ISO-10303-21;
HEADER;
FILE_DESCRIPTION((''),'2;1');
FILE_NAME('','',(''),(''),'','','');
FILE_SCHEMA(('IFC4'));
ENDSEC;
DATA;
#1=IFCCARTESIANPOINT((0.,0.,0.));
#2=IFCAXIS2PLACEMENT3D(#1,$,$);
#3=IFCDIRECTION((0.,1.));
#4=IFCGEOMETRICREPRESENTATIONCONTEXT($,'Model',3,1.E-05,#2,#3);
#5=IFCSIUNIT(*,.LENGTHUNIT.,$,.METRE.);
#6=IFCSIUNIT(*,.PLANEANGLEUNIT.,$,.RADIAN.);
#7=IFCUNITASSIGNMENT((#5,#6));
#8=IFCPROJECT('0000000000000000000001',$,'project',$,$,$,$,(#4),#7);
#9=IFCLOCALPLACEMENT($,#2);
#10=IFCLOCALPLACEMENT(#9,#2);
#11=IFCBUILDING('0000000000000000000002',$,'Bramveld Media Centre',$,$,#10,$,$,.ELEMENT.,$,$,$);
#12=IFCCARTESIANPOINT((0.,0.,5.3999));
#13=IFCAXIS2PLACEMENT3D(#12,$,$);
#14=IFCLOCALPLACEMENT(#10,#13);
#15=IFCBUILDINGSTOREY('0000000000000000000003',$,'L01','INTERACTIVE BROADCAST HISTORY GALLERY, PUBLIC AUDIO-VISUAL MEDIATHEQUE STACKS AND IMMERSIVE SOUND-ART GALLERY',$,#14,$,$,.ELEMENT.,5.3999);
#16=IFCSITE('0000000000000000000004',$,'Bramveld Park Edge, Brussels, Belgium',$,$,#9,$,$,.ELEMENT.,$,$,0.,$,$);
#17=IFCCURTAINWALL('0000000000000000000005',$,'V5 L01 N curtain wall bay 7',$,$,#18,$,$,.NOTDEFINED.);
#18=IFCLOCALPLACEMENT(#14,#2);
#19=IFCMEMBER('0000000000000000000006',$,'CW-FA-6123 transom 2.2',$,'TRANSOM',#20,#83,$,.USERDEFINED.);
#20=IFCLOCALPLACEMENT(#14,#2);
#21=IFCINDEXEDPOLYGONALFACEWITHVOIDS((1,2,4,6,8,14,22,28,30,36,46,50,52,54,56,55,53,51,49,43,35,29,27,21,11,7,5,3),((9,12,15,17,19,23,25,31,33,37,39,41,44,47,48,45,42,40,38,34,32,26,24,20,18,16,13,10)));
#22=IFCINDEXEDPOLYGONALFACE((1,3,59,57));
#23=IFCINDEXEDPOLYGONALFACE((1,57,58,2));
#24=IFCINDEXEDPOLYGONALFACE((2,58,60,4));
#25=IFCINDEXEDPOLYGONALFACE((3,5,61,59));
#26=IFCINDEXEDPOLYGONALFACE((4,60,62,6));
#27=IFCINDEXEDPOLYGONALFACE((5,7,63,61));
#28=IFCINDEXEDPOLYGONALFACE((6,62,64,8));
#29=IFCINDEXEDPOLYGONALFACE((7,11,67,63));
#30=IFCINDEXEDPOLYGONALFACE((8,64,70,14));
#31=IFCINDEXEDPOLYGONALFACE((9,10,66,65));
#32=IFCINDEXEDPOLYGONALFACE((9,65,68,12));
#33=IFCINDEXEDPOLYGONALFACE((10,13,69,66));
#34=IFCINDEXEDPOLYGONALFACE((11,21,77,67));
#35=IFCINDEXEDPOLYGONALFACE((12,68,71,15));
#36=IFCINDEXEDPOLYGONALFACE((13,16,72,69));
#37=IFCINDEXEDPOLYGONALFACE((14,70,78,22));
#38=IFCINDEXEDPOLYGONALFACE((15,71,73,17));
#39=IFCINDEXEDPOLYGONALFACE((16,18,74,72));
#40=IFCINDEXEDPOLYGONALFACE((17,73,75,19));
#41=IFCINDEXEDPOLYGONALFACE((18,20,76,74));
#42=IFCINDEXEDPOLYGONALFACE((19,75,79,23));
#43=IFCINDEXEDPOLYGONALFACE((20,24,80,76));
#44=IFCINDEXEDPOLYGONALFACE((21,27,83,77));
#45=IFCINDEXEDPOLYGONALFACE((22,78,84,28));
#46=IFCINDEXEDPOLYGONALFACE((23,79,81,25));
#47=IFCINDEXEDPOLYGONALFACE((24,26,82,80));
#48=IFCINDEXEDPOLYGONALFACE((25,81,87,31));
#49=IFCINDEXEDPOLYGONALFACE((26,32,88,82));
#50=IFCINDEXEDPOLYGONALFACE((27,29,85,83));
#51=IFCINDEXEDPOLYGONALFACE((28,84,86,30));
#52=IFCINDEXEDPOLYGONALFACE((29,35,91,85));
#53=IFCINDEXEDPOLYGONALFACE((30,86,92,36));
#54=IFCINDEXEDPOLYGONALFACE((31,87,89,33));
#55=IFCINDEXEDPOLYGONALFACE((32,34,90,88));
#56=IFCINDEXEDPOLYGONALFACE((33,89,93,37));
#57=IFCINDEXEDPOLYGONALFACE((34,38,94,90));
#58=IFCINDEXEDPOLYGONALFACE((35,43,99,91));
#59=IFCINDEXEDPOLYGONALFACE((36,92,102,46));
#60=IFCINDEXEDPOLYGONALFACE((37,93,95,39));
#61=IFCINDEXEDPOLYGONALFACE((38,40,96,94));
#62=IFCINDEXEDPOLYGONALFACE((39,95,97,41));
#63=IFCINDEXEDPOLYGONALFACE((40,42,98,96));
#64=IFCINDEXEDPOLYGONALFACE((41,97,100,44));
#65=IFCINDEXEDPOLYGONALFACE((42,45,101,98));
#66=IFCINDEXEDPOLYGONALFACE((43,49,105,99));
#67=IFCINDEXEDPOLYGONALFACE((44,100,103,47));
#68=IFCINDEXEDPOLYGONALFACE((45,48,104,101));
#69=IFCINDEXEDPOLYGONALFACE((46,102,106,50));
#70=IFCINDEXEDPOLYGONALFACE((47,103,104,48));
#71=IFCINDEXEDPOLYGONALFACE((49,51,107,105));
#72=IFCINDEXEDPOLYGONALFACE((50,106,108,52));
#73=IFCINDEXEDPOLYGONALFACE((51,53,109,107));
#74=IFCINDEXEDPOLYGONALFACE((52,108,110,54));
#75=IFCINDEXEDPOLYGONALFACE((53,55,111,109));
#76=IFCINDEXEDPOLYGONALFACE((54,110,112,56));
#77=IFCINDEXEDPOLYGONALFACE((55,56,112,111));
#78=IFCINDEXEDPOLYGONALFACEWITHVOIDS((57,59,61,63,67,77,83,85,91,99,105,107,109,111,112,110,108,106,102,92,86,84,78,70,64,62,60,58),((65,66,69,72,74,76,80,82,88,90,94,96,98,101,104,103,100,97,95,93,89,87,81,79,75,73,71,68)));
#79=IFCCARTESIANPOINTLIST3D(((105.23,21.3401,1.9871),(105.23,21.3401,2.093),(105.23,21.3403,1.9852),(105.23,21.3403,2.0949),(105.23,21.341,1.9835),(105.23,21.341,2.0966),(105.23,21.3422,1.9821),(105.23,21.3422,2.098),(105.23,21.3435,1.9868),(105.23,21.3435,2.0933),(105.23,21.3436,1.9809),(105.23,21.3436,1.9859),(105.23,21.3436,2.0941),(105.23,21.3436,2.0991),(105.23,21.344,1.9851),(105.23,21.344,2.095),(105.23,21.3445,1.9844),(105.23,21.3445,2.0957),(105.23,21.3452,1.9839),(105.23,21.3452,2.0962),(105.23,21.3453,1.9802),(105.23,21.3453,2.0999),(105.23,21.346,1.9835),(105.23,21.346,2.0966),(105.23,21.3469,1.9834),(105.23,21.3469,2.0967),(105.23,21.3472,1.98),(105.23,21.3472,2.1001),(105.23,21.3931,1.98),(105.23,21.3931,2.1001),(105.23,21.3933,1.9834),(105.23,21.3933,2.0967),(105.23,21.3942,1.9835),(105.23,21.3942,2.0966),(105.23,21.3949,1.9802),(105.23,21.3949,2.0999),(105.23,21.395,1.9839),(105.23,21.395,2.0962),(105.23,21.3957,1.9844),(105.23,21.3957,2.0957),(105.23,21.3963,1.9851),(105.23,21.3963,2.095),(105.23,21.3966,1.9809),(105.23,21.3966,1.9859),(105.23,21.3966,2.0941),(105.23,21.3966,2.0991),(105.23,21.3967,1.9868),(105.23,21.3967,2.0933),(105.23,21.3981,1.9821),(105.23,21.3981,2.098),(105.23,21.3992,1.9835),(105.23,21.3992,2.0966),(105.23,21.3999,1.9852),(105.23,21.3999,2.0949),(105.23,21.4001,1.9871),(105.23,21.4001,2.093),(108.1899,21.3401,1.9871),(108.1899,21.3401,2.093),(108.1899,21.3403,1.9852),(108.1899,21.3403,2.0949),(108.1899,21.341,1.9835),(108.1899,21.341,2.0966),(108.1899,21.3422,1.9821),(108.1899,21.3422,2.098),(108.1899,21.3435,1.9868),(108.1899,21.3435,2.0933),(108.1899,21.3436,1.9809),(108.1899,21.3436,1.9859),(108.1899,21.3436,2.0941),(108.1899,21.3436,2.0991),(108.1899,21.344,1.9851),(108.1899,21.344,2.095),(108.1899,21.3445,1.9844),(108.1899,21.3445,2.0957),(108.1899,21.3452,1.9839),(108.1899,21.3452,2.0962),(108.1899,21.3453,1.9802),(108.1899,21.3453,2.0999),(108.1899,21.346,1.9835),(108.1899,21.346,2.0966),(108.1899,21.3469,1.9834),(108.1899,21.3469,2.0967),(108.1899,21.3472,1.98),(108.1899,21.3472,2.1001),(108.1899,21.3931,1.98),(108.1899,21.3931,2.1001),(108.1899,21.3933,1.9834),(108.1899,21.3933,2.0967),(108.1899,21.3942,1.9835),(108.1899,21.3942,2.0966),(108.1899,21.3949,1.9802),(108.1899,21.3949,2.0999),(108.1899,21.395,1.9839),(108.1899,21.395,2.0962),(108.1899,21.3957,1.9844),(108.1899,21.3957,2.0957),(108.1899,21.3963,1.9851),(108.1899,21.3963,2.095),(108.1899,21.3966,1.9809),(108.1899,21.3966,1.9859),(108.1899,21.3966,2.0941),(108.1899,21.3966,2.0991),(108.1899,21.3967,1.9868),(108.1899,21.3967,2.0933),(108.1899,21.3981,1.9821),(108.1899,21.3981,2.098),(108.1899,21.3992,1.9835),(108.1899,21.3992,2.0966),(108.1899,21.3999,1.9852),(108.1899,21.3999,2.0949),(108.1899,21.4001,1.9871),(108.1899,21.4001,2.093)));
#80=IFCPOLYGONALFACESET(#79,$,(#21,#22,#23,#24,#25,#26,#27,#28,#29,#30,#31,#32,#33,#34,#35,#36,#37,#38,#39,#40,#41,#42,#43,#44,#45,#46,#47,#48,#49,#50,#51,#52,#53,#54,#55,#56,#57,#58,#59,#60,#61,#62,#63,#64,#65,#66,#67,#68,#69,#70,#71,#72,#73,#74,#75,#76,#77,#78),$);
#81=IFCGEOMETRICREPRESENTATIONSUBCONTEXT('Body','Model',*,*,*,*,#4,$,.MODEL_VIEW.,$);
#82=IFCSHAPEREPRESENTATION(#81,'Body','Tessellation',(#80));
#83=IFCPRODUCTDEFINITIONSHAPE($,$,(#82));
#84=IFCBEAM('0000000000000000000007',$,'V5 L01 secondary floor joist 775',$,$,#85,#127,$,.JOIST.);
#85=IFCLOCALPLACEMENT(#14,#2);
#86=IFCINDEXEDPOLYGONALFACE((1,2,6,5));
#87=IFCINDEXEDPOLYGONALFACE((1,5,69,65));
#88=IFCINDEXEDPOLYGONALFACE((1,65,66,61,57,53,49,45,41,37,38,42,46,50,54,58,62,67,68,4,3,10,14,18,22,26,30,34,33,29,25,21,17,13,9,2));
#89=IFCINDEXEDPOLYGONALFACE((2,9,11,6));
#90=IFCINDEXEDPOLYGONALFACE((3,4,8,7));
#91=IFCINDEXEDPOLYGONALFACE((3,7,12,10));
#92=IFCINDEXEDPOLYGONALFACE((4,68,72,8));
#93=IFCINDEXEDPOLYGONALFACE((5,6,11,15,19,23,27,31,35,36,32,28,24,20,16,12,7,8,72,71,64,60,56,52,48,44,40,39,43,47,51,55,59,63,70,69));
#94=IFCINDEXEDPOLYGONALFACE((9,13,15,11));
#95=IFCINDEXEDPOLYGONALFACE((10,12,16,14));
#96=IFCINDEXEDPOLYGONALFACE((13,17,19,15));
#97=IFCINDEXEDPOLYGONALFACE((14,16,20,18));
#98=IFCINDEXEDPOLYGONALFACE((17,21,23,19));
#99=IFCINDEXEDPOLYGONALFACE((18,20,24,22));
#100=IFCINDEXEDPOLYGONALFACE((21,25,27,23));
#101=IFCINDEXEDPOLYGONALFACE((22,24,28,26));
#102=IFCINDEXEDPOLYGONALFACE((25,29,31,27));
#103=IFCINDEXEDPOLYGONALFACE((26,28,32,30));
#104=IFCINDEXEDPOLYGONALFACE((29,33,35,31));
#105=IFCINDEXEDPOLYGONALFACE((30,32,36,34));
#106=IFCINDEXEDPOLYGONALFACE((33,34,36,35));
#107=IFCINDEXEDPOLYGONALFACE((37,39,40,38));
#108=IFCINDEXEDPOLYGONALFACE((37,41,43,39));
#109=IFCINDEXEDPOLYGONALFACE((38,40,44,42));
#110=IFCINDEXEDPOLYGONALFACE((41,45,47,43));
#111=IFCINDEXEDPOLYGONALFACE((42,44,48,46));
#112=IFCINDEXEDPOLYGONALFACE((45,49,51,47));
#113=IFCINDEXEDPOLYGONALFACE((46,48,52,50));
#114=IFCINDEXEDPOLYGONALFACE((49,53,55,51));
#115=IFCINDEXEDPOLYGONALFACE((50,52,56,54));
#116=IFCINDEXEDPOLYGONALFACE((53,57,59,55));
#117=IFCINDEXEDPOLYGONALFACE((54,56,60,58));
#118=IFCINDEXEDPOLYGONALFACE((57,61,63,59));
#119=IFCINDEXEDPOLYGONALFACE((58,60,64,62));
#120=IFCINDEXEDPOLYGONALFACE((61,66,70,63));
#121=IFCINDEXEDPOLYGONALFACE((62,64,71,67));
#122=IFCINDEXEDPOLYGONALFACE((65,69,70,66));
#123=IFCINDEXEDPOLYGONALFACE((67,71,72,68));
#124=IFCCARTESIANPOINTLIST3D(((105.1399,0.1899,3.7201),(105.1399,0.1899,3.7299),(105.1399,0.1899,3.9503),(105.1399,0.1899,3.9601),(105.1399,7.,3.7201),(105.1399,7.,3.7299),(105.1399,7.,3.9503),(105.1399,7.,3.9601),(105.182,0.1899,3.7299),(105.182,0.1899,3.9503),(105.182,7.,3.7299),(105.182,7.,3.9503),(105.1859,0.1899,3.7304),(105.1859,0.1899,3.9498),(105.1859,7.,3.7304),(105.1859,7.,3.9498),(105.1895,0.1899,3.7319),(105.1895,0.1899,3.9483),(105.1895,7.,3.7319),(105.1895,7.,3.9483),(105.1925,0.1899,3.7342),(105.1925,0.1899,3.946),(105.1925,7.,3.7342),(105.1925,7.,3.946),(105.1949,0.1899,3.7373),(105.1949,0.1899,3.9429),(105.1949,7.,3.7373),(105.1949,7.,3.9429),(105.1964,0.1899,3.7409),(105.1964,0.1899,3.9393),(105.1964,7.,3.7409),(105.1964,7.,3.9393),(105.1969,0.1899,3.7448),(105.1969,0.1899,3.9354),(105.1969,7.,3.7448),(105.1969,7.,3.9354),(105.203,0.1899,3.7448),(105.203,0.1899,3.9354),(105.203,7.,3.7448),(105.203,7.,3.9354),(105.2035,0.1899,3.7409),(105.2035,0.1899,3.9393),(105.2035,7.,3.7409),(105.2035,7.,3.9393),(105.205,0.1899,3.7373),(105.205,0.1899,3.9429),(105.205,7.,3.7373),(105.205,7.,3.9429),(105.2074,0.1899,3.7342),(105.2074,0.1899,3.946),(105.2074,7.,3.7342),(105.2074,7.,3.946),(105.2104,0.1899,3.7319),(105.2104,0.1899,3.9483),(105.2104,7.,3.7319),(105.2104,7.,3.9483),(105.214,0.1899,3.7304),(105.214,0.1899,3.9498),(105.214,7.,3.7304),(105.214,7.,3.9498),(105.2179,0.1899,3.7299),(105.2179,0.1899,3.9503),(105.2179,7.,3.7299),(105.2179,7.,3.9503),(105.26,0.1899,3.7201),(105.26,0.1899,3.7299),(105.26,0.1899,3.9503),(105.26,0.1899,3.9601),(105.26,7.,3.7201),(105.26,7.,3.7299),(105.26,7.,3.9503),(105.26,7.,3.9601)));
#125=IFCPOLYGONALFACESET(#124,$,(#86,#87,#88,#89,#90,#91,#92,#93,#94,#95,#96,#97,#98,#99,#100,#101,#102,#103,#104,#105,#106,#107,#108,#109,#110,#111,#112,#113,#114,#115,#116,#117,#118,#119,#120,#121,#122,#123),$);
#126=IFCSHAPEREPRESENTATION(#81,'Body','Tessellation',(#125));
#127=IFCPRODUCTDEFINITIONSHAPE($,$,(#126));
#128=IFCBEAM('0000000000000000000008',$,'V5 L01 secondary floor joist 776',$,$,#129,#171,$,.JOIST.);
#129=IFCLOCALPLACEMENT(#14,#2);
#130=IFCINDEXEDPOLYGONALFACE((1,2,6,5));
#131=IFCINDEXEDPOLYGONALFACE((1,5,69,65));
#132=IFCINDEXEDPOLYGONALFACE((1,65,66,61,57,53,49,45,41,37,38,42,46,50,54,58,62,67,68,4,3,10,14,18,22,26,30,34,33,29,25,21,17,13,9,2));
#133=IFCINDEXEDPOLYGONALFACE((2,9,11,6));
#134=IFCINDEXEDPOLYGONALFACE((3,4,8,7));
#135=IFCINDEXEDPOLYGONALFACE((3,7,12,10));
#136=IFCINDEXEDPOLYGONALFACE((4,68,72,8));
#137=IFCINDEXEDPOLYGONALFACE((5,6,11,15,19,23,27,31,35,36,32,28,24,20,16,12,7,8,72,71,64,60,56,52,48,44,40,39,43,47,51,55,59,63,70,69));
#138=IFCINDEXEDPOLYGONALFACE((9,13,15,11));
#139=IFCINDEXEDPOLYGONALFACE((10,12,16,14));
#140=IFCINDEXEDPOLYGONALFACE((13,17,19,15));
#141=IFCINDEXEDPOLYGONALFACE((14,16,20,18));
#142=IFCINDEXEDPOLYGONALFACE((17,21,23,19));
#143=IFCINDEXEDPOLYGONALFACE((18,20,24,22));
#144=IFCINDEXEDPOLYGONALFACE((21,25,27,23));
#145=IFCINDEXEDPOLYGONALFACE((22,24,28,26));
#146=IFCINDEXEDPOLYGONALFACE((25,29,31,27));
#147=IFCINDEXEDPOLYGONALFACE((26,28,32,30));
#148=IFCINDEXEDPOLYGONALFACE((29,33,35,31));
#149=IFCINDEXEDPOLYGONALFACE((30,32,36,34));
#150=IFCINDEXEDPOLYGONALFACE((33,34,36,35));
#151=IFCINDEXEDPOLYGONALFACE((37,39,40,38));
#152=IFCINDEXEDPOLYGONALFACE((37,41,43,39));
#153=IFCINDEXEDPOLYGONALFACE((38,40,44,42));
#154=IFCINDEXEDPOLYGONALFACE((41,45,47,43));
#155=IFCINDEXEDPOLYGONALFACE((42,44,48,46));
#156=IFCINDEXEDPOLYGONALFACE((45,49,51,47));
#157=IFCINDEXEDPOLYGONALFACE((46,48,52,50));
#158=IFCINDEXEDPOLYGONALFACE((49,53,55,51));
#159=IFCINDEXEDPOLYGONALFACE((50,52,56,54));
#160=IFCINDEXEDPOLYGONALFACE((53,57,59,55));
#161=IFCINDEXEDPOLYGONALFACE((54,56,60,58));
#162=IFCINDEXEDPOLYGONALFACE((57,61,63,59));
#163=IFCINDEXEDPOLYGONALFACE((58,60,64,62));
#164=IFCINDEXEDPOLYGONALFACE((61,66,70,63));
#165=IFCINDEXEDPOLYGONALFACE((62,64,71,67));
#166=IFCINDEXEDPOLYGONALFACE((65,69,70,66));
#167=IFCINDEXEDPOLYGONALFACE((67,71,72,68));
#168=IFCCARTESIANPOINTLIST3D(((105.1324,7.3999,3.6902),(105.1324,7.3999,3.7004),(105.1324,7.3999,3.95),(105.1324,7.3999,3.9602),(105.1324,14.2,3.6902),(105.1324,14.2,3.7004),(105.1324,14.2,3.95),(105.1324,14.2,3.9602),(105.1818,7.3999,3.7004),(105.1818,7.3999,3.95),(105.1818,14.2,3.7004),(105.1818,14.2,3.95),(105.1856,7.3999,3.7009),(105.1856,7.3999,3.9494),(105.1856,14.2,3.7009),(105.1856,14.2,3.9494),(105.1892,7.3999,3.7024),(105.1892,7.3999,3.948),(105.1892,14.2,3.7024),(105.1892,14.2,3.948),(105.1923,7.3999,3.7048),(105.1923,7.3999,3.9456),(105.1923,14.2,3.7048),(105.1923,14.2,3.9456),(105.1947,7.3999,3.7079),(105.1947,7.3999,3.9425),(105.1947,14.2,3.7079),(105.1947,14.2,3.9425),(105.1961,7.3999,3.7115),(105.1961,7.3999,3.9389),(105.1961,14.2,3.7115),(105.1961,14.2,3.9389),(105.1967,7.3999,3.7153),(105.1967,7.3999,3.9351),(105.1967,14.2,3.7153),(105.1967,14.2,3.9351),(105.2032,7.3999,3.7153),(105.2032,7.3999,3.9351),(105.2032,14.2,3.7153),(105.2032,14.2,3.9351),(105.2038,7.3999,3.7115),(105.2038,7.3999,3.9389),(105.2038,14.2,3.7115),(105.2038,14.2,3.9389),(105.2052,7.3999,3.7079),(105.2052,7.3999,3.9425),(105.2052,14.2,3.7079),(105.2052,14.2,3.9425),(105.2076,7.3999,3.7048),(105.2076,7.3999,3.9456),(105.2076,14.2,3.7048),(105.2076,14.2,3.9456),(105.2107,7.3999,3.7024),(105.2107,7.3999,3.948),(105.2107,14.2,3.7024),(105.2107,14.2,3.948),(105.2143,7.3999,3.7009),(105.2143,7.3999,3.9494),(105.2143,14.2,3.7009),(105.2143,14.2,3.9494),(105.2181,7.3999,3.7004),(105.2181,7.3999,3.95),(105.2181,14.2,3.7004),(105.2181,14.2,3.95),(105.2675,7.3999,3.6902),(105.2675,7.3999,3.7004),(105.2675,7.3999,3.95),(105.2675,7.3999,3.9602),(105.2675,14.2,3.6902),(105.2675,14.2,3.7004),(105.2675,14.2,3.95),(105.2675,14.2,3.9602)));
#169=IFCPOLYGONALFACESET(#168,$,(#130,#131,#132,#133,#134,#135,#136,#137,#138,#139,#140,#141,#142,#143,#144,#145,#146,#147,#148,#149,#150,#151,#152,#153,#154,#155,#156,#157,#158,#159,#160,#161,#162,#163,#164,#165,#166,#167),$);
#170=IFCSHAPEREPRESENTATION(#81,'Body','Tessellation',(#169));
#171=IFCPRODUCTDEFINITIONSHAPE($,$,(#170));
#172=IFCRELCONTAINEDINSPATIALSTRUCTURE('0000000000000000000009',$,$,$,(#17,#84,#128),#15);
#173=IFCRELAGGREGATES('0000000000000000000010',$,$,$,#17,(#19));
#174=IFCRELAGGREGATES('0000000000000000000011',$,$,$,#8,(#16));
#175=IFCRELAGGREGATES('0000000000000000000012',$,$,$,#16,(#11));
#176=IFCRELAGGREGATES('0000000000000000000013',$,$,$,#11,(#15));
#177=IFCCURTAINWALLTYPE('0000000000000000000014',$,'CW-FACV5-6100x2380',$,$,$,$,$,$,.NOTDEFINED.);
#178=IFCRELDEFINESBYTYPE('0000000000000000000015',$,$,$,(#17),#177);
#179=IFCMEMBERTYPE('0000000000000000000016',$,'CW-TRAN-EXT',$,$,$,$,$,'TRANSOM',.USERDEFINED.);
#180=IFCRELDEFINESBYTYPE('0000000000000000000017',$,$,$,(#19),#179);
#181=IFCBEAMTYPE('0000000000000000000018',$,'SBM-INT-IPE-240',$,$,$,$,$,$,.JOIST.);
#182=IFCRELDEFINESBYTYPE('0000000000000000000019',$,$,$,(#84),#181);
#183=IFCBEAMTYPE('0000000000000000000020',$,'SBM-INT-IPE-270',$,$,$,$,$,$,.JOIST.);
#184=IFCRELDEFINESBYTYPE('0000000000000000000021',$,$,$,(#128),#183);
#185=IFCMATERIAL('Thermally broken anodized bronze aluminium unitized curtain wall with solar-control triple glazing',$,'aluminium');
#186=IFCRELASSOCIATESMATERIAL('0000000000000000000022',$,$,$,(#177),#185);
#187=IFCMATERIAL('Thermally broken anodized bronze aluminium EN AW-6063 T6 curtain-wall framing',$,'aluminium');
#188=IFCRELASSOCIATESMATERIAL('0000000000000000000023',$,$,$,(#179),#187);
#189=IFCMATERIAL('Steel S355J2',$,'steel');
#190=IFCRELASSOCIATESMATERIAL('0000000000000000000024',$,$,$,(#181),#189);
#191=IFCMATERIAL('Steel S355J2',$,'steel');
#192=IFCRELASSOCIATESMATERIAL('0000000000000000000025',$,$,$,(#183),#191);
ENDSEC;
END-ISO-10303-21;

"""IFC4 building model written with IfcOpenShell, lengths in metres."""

from ifc_helpers import new_model, si_unit, direction, frame, origin, origin_2d, place, context, subcontext, project, spatial, hollow_rectangle, i_section, extrude, material, material_profile, profile_set, type_object, element, aggregate, save


model = new_model("IFC4")

# Units and contexts
model_context = context("Model", 3, precision=1e-05, world=origin(), true_north=direction((0.0, 1.0)))
body_context = subcontext(model_context, "Body", "Model", "MODEL_VIEW")
ifc_project = project(units=[si_unit("LENGTHUNIT", "METRE"), si_unit("PLANEANGLEUNIT", "RADIAN")], contexts=[model_context])

# Site, building, storey
site_placement = place(None, origin())
site = spatial("IfcSite", under=ifc_project, at=site_placement, Name="Bramveld Park Edge, Brussels, Belgium", CompositionType="ELEMENT", RefElevation=0.0)
building_placement = place(site_placement, origin())
building = spatial("IfcBuilding", under=site, at=building_placement, Name="Bramveld Media Centre", CompositionType="ELEMENT")
storey_placement = place(building_placement, frame((0.0, 0.0, 5.3999)))
storey = spatial("IfcBuildingStorey", under=building, at=storey_placement, Name="L01", Description="INTERACTIVE BROADCAST HISTORY GALLERY, PUBLIC AUDIO-VISUAL MEDIATHEQUE STACKS AND IMMERSIVE SOUND-ART GALLERY", CompositionType="ELEMENT", Elevation=5.3999)

# Curtain wall, member
ifc_material_1 = material(Name="Thermally broken anodized bronze aluminium unitized curtain wall with solar-control triple glazing", Category="aluminium")
curtain_wall_type = type_object("IfcCurtainWallType", Name="CW-FACV5-6100x2380", PredefinedType="NOTDEFINED", material=ifc_material_1)
curtain_wall_placement = place(storey_placement, origin())
curtain_wall = element("IfcCurtainWall", 1, at=curtain_wall_placement, inside=storey, type_object=curtain_wall_type, Name="V5 L01 N curtain wall bay 7", PredefinedType="NOTDEFINED")
ifc_material_2 = material(Name="Thermally broken anodized bronze aluminium EN AW-6063 T6 curtain-wall framing", Category="aluminium")
ifc_material_profile_1 = material_profile(ifc_material_2, hollow_rectangle(XDim=0.0601, YDim=0.1201, WallThickness=0.0034, InnerFilletRadius=0.0034, OuterFilletRadius=0.0071, at=origin_2d()), Name="AL-TRAN 60x120")
ifc_profile_set_1 = profile_set([ifc_material_profile_1], Name="Thermally broken anodized bronze aluminium EN AW-6063 T6 curtain-wall framing")
member_type_1 = type_object("IfcMemberType", Name="CW-TRAN-EXT", ElementType="TRANSOM", PredefinedType="USERDEFINED", material=ifc_profile_set_1)
member_1_placement = place(storey_placement, frame((105.23, 21.3701, 2.04), z_axis=(1.0, 0.0, 0.0), x_axis=(0.0, 1.0, 0.0)))
member_1 = element("IfcMember", 2, at=member_1_placement, type_object=member_type_1, Name="CW-FA-6123 transom 2.2", ObjectType="TRANSOM", PredefinedType="USERDEFINED", context=body_context, shape_type="SweptSolid", body=[
    extrude(hollow_rectangle(XDim=0.0601, YDim=0.1201, WallThickness=0.0034, InnerFilletRadius=0.0034, OuterFilletRadius=0.0071, at=origin_2d()), origin(), (0.0, 0.0, 1.0), 2.96),
])

# Beams
ifc_material_3 = material(Name="Steel S355J2", Category="steel")
ifc_material_profile_2 = material_profile(ifc_material_3, i_section(OverallWidth=0.1201, OverallDepth=0.24, WebThickness=0.0061, FlangeThickness=0.0098, FilletRadius=0.0149, at=origin_2d()), Name="IPE 240")
ifc_profile_set_2 = profile_set([ifc_material_profile_2], Name="Steel S355J2")
beam_type_1 = type_object("IfcBeamType", Name="SBM-INT-IPE-240", PredefinedType="JOIST", material=ifc_profile_set_2)
beam_1_placement = place(storey_placement, frame((105.2, 0.1899, 3.8401), z_axis=(0.0, 1.0, 0.0), x_axis=(-1.0, 0.0, 0.0)))
element("IfcBeam", 3, at=beam_1_placement, inside=storey, type_object=beam_type_1, Name="V5 L01 secondary floor joist 775", PredefinedType="JOIST", context=body_context, shape_type="SweptSolid", body=[
    extrude(i_section(OverallWidth=0.1201, OverallDepth=0.24, WebThickness=0.0061, FlangeThickness=0.0098, FilletRadius=0.0149, at=origin_2d()), origin(), (0.0, 0.0, 1.0), 6.8101),
])
ifc_material_4 = material(Name="Steel S355J2", Category="steel")
ifc_material_profile_3 = material_profile(ifc_material_4, i_section(OverallWidth=0.135, OverallDepth=0.27, WebThickness=0.0066, FlangeThickness=0.0103, FilletRadius=0.0149, at=origin_2d()), Name="IPE 270")
ifc_profile_set_3 = profile_set([ifc_material_profile_3], Name="Steel S355J2")
beam_type_2 = type_object("IfcBeamType", Name="SBM-INT-IPE-270", PredefinedType="JOIST", material=ifc_profile_set_3)
beam_2_placement = place(storey_placement, frame((105.2, 7.3999, 3.8252), z_axis=(0.0, 1.0, 0.0), x_axis=(-1.0, 0.0, 0.0)))
element("IfcBeam", 4, at=beam_2_placement, inside=storey, type_object=beam_type_2, Name="V5 L01 secondary floor joist 776", PredefinedType="JOIST", context=body_context, shape_type="SweptSolid", body=[
    extrude(i_section(OverallWidth=0.135, OverallDepth=0.27, WebThickness=0.0066, FlangeThickness=0.0103, FilletRadius=0.0149, at=origin_2d()), origin(), (0.0, 0.0, 1.0), 6.8),
])

aggregate(curtain_wall, [member_1])

save(model, "model.ifc")
